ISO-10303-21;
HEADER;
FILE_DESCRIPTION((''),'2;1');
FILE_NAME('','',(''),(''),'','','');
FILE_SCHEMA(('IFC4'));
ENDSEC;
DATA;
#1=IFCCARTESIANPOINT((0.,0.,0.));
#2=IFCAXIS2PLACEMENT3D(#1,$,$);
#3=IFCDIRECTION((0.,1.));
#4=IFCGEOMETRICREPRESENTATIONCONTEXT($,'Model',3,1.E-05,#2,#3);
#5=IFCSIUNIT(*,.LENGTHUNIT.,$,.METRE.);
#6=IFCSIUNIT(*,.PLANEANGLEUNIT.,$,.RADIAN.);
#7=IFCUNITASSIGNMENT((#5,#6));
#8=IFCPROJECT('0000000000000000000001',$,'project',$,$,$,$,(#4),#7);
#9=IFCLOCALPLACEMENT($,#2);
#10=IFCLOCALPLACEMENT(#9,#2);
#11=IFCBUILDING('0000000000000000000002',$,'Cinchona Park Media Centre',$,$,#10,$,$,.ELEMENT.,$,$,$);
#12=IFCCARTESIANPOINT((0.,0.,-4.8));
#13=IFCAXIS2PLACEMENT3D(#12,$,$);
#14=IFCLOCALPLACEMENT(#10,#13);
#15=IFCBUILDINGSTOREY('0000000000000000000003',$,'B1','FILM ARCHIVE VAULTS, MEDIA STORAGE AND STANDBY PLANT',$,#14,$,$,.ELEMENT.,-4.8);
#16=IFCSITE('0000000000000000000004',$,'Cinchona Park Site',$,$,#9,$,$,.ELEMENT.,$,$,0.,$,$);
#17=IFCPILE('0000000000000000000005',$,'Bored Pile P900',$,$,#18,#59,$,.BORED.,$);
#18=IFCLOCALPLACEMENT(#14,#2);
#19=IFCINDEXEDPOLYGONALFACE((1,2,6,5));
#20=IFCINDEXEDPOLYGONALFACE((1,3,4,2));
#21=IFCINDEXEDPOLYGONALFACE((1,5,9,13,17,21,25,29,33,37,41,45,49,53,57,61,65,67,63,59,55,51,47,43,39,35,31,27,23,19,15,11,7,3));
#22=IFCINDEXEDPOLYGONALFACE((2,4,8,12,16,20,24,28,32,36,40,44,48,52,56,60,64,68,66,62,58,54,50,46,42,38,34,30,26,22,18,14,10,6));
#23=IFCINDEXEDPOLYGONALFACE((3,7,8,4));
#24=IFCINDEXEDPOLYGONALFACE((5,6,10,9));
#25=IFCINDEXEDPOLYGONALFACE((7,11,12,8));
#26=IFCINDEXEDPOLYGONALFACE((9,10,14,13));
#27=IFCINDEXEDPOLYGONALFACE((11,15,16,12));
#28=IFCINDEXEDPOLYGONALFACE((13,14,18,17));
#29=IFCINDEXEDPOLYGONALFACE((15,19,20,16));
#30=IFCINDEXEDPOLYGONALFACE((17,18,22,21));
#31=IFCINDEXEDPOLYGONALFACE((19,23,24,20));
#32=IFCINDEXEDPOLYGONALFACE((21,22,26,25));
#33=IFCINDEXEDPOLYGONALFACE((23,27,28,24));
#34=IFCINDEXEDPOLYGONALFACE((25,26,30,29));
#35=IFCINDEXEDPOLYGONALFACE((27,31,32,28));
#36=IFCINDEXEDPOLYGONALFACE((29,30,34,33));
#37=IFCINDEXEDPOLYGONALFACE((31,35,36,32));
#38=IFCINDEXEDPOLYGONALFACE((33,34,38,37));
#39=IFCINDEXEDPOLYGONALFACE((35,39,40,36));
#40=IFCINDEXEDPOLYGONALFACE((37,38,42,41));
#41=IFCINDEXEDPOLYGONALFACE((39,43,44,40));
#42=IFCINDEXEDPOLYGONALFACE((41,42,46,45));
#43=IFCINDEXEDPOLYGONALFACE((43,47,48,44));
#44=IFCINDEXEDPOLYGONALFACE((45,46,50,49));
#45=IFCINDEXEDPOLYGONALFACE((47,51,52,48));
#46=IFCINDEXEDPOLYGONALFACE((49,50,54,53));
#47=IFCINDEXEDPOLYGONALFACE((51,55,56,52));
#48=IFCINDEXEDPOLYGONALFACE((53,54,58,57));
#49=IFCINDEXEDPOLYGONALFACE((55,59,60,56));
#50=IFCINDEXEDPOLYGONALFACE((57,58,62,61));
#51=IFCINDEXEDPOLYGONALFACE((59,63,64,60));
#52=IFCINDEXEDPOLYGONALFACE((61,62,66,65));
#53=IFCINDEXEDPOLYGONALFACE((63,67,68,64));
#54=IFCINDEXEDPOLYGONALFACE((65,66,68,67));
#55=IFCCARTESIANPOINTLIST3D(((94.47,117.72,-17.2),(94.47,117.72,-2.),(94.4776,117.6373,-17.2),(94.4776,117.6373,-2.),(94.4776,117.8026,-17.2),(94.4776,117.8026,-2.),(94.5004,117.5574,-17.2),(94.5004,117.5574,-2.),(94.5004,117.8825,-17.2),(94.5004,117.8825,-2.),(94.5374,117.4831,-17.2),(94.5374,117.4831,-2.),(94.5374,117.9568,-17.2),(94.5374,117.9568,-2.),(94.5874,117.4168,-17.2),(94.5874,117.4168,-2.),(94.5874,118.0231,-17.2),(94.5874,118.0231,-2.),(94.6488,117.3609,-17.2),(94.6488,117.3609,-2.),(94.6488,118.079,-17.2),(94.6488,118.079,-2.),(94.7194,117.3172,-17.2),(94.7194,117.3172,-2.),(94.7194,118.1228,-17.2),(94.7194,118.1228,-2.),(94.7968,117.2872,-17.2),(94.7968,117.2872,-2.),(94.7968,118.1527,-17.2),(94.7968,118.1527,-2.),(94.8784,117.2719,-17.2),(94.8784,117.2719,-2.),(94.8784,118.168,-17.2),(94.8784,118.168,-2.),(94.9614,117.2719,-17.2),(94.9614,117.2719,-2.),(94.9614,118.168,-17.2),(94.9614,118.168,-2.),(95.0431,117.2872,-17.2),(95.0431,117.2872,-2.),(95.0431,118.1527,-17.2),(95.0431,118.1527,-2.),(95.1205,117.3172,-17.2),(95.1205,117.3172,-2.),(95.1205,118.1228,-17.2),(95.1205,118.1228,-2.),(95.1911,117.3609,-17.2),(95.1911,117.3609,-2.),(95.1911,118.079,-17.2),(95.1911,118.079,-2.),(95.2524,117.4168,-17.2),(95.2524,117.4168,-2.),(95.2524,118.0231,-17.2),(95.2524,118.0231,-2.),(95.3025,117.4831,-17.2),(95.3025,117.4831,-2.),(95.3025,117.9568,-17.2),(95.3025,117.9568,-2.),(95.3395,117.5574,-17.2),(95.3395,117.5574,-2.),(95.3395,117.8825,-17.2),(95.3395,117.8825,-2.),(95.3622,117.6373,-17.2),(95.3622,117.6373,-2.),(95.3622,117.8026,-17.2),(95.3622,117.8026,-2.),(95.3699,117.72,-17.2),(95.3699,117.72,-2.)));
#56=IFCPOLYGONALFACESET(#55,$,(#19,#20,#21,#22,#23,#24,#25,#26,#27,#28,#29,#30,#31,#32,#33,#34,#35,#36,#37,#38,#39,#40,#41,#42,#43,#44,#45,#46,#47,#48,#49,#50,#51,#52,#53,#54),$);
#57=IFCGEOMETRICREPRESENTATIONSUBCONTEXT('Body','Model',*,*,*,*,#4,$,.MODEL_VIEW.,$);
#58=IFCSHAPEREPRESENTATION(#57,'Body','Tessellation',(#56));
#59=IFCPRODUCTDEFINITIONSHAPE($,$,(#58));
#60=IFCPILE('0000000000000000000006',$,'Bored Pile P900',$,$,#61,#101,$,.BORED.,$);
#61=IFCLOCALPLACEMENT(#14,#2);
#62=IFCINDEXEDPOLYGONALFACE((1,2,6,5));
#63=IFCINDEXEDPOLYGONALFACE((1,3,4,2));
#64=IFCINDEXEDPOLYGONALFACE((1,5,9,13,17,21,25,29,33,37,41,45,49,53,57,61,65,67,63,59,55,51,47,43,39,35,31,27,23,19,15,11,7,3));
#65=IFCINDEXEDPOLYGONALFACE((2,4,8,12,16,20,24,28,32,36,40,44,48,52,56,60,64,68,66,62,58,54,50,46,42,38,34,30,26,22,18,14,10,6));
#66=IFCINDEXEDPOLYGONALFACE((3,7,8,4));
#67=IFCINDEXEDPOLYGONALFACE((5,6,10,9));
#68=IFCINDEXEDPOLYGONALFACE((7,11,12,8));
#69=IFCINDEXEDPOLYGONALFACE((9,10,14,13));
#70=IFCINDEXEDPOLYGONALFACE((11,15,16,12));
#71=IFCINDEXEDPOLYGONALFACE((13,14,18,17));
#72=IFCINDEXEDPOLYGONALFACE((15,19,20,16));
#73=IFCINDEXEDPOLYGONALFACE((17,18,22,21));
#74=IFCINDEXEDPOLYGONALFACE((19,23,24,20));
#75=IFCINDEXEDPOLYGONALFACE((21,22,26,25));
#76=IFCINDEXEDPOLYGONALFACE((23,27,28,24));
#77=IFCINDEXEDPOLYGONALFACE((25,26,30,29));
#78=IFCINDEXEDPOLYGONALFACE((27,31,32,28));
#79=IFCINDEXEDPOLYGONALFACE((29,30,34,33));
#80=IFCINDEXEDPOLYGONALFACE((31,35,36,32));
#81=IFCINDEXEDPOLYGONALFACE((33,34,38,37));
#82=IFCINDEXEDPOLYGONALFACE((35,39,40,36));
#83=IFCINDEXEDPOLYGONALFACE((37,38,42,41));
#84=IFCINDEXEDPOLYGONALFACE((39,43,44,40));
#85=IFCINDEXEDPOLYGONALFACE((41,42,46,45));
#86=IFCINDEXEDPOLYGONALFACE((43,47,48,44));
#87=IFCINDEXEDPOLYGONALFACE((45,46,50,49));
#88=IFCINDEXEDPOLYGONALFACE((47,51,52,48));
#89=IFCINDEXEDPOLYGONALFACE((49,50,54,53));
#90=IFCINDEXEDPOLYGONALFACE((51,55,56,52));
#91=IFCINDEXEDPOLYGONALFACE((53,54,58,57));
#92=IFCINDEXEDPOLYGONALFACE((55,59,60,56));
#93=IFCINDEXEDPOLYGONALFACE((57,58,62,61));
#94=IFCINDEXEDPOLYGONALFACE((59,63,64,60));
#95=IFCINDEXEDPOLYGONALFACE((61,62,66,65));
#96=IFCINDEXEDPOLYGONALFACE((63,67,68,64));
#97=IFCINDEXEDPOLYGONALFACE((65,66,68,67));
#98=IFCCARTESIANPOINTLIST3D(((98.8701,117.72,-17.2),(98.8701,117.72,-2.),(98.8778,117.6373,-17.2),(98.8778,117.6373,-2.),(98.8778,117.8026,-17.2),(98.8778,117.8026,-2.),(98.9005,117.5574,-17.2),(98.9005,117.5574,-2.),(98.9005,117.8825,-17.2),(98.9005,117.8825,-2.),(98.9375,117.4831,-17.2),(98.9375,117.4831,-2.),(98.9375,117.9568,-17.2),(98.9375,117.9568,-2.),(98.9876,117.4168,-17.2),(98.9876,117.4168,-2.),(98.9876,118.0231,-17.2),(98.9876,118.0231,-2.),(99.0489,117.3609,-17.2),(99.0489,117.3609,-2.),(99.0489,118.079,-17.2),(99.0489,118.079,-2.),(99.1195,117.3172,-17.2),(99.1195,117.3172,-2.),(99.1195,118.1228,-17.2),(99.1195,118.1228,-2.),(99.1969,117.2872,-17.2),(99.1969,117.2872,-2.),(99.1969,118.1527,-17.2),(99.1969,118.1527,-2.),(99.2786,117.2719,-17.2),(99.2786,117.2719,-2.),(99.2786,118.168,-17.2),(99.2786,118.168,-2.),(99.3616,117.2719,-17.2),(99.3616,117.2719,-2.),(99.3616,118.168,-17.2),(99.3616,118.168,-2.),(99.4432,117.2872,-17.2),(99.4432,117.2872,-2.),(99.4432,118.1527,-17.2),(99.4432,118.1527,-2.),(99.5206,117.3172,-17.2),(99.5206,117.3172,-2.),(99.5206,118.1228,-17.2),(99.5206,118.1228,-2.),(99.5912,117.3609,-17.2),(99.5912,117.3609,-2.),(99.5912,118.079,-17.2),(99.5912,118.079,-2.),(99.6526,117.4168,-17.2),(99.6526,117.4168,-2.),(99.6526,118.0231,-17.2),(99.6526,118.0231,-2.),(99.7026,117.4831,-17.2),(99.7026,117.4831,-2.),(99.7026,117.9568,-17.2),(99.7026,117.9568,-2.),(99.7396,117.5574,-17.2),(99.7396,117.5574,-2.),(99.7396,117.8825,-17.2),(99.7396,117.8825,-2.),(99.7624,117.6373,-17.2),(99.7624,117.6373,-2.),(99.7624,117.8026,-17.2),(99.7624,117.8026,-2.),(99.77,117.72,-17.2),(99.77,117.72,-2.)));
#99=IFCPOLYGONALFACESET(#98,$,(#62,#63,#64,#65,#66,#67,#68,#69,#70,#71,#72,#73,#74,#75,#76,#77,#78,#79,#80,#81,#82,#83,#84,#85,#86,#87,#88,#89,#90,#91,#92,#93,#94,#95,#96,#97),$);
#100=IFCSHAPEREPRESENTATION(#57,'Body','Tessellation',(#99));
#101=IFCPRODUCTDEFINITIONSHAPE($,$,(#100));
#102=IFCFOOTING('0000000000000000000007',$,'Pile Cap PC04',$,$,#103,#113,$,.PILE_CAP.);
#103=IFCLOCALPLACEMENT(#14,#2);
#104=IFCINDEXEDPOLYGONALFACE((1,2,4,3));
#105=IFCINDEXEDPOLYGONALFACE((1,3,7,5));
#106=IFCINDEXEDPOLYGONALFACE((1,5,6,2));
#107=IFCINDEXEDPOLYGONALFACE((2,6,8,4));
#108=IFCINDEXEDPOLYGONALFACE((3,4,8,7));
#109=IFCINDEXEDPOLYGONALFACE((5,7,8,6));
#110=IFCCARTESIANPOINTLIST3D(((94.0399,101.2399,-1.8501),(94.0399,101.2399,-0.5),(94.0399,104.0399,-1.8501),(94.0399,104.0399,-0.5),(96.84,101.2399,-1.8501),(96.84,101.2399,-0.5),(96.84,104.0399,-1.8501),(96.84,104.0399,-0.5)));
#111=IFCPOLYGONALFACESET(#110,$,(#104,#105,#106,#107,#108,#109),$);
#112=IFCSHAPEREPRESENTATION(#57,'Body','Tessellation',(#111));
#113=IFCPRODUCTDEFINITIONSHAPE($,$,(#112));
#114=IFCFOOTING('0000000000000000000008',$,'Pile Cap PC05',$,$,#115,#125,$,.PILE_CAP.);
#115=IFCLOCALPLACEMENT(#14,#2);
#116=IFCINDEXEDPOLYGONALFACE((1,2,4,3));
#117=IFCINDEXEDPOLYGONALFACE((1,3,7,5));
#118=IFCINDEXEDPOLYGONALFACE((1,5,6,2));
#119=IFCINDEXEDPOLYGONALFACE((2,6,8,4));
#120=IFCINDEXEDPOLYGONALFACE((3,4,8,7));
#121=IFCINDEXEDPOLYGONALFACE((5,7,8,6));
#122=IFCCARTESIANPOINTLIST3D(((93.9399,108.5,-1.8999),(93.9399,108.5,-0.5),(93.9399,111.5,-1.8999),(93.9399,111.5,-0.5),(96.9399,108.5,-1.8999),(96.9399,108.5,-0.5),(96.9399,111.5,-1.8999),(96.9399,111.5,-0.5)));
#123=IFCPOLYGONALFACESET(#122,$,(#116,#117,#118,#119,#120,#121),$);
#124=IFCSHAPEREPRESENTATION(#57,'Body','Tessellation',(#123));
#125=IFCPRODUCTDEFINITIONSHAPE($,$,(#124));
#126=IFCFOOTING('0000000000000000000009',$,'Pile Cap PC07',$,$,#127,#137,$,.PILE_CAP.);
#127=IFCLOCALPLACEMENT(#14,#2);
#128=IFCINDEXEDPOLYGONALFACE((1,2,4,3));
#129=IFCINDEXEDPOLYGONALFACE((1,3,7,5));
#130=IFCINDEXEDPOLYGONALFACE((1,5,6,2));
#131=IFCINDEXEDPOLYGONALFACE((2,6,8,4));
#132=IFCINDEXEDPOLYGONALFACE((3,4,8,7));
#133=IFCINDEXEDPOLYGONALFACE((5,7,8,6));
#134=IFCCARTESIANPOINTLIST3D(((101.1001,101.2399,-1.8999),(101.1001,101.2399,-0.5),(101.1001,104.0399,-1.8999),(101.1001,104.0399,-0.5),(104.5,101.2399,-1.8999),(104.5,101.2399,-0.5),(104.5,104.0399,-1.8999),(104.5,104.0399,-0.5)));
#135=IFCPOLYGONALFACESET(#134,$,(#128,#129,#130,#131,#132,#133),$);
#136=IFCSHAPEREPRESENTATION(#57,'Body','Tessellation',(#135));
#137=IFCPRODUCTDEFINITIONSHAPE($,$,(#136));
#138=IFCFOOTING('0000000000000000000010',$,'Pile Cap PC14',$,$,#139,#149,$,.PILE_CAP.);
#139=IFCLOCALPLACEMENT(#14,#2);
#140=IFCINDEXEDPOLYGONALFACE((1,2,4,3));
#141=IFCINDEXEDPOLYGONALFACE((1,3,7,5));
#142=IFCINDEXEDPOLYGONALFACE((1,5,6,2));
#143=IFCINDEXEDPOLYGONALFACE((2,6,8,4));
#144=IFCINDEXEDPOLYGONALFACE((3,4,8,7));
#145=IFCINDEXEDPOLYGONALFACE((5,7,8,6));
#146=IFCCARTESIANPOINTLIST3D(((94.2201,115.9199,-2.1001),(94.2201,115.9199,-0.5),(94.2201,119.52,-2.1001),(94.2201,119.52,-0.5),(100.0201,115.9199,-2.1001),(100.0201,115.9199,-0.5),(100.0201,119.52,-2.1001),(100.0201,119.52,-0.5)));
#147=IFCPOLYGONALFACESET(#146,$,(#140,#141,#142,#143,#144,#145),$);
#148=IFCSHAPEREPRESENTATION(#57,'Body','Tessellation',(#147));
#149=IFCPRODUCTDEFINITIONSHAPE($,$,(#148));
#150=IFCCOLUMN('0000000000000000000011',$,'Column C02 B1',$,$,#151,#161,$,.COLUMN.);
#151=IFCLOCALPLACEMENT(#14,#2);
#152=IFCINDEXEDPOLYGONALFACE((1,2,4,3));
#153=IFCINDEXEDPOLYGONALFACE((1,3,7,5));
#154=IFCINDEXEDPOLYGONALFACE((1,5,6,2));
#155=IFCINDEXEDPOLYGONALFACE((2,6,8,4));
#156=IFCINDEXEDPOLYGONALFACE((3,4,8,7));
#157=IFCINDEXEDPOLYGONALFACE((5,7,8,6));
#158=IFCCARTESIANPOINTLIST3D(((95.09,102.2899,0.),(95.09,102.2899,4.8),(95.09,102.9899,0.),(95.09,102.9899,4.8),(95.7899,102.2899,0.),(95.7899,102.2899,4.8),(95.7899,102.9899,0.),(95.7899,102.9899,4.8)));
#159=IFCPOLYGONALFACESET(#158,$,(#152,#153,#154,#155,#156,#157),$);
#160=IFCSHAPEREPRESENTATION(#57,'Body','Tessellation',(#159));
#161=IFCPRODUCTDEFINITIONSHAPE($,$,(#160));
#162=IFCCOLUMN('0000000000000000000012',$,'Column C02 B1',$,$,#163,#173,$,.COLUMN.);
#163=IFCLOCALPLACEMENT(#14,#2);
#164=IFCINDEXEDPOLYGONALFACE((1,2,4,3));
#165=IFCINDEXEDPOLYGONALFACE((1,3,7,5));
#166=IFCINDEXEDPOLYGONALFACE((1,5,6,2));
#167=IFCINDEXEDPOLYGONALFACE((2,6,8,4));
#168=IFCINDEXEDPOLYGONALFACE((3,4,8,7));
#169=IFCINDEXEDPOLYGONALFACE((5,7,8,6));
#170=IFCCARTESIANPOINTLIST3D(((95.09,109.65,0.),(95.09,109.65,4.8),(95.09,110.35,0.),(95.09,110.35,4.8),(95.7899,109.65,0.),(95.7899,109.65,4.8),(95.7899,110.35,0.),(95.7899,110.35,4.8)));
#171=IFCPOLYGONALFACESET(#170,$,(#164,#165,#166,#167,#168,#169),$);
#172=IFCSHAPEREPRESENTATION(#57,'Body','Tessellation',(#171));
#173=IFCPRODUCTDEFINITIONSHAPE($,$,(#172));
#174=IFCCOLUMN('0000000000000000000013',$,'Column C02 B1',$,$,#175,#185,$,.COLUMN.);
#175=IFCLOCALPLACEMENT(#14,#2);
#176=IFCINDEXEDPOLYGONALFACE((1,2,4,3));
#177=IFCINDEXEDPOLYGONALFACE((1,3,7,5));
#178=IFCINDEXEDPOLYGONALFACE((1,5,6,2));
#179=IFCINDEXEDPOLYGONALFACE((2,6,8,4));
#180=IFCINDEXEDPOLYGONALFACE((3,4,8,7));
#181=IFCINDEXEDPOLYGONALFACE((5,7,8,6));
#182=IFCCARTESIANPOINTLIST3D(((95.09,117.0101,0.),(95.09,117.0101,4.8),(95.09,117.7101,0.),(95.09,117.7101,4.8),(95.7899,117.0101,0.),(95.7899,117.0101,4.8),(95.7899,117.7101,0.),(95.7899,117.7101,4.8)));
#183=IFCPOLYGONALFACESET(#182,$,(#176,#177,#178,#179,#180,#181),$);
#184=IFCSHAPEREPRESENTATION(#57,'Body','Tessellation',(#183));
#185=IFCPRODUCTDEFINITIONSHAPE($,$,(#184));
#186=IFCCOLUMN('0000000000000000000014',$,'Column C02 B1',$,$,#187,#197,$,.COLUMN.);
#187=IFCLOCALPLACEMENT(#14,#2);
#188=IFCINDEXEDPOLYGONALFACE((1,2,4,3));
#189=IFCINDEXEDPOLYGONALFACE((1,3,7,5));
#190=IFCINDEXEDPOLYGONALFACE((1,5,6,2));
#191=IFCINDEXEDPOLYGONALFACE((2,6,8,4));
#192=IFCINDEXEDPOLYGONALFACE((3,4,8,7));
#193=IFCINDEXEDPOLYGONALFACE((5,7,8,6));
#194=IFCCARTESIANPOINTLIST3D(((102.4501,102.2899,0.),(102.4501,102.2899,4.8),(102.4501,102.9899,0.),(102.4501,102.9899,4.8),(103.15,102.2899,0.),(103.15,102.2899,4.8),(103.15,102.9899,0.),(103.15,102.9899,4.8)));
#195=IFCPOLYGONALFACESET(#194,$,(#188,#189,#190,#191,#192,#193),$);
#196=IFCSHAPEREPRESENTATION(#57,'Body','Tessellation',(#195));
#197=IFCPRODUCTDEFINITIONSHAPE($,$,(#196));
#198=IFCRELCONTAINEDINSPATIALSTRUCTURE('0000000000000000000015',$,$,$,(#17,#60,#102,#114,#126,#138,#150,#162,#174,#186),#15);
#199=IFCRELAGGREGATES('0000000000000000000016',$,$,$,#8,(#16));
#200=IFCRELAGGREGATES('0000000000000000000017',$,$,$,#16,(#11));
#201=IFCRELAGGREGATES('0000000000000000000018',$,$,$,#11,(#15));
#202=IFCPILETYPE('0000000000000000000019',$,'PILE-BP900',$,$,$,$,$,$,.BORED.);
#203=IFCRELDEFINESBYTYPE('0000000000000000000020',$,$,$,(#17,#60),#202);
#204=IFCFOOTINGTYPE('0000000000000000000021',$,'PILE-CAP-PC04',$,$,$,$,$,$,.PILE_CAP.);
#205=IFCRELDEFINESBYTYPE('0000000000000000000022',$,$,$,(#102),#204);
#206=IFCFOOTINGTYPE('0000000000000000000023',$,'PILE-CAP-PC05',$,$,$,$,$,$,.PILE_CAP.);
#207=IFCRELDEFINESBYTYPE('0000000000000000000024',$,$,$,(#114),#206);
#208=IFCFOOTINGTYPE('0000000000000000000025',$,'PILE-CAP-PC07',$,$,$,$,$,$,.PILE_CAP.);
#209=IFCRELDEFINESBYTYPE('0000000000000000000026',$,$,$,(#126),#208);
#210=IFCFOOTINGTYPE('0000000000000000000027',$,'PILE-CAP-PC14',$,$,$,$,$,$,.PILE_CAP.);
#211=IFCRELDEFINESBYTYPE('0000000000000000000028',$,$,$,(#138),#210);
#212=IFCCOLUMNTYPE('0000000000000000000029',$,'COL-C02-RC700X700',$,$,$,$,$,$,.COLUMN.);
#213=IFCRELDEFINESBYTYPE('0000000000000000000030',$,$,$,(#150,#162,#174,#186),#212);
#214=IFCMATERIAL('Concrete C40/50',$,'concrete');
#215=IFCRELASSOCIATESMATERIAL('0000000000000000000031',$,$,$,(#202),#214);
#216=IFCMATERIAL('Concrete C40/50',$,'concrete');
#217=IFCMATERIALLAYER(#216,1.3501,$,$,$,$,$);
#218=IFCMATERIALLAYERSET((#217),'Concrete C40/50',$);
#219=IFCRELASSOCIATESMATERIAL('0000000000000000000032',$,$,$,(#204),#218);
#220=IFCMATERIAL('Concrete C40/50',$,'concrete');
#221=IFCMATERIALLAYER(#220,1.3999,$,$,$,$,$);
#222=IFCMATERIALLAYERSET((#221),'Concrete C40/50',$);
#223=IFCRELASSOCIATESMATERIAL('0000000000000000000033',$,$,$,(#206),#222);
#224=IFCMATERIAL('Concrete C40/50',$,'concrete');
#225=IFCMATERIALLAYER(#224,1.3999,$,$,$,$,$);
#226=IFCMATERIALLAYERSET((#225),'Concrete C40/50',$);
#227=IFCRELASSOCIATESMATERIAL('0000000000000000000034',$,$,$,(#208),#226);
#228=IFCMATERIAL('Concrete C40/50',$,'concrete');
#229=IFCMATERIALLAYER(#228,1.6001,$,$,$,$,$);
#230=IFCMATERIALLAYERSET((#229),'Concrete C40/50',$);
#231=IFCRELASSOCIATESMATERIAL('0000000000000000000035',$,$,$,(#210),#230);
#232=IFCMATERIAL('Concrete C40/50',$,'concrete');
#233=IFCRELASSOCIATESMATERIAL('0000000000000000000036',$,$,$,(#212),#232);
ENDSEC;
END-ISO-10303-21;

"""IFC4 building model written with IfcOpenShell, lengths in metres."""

from ifc_helpers import new_model, si_unit, direction, frame, origin, origin_2d, place, context, subcontext, project, spatial, rectangle, circle, extrude, material, layer, layer_set, material_profile, profile_set, type_object, element, save


model = new_model("IFC4")

# Units and contexts
model_context = context("Model", 3, precision=1e-05, world=origin(), true_north=direction((0.0, 1.0)))
body_context = subcontext(model_context, "Body", "Model", "MODEL_VIEW")
ifc_project = project(units=[si_unit("LENGTHUNIT", "METRE"), si_unit("PLANEANGLEUNIT", "RADIAN")], contexts=[model_context])

# Site, building, storey
site_placement = place(None, origin())
site = spatial("IfcSite", under=ifc_project, at=site_placement, Name="Cinchona Park Site", CompositionType="ELEMENT", RefElevation=0.0)
building_placement = place(site_placement, origin())
building = spatial("IfcBuilding", under=site, at=building_placement, Name="Cinchona Park Media Centre", CompositionType="ELEMENT")
storey_placement = place(building_placement, frame((0.0, 0.0, -4.8)))
storey = spatial("IfcBuildingStorey", under=building, at=storey_placement, Name="B1", Description="FILM ARCHIVE VAULTS, MEDIA STORAGE AND STANDBY PLANT", CompositionType="ELEMENT", Elevation=-4.8)

# Piles
ifc_material_1 = material(Name="Concrete C40/50", Category="concrete")
ifc_material_profile_1 = material_profile(ifc_material_1, circle(Radius=0.45, at=origin_2d()), Name="BORED PILE 900")
ifc_profile_set_1 = profile_set([ifc_material_profile_1], Name="Concrete C40/50")
pile_type_1 = type_object("IfcPileType", Name="PILE-BP900", PredefinedType="BORED", material=ifc_profile_set_1)
for number, where, z_axis, x_axis, name in (
    (1, (94.9199, 117.72, -2.0), (0.0, 0.0, -1.0), (1.0, 0.0, 0.0), "Bored Pile P900"),
    (2, (99.3201, 117.72, -2.0), (0.0, 0.0, -1.0), (1.0, 0.0, 0.0), "Bored Pile P900"),
):
    element("IfcPile", number, at=place(storey_placement, frame(where, z_axis=z_axis, x_axis=x_axis)), inside=storey, type_object=pile_type_1, Name=name, PredefinedType="BORED", context=body_context, shape_type="SweptSolid", body=[
        extrude(circle(Radius=0.45, at=origin_2d()), origin(), (0.0, 0.0, 1.0), 15.2),
    ])

# Footings
ifc_material_2 = material(Name="Concrete C40/50", Category="concrete")
ifc_layer_1 = layer(ifc_material_2, 1.3501)
ifc_layer_set_1 = layer_set([ifc_layer_1], Name="Concrete C40/50")
footing_type_1 = type_object("IfcFootingType", Name="PILE-CAP-PC04", PredefinedType="PILE_CAP", material=ifc_layer_set_1)
footing_1_placement = place(storey_placement, frame((95.4399, 102.6399, -1.8501), z_axis=(0.0, 0.0, 1.0), x_axis=(1.0, 0.0, 0.0)))
element("IfcFooting", 3, at=footing_1_placement, inside=storey, type_object=footing_type_1, Name="Pile Cap PC04", PredefinedType="PILE_CAP", context=body_context, shape_type="SweptSolid", body=[
    extrude(rectangle(XDim=2.8, YDim=2.8, at=origin_2d()), origin(), (0.0, 0.0, 1.0), 1.3501),
])
ifc_material_3 = material(Name="Concrete C40/50", Category="concrete")
ifc_layer_2 = layer(ifc_material_3, 1.3999)
ifc_layer_set_2 = layer_set([ifc_layer_2], Name="Concrete C40/50")
footing_type_2 = type_object("IfcFootingType", Name="PILE-CAP-PC05", PredefinedType="PILE_CAP", material=ifc_layer_set_2)
footing_2_placement = place(storey_placement, frame((95.4399, 110.0, -1.8999), z_axis=(0.0, 0.0, 1.0), x_axis=(1.0, 0.0, 0.0)))
element("IfcFooting", 4, at=footing_2_placement, inside=storey, type_object=footing_type_2, Name="Pile Cap PC05", PredefinedType="PILE_CAP", context=body_context, shape_type="SweptSolid", body=[
    extrude(rectangle(XDim=3.0, YDim=3.0, at=origin_2d()), origin(), (0.0, 0.0, 1.0), 1.3999),
])
ifc_material_4 = material(Name="Concrete C40/50", Category="concrete")
ifc_layer_3 = layer(ifc_material_4, 1.3999)
ifc_layer_set_3 = layer_set([ifc_layer_3], Name="Concrete C40/50")
footing_type_3 = type_object("IfcFootingType", Name="PILE-CAP-PC07", PredefinedType="PILE_CAP", material=ifc_layer_set_3)
footing_3_placement = place(storey_placement, frame((102.8, 102.6399, -1.8999), z_axis=(0.0, 0.0, 1.0), x_axis=(1.0, 0.0, 0.0)))
element("IfcFooting", 5, at=footing_3_placement, inside=storey, type_object=footing_type_3, Name="Pile Cap PC07", PredefinedType="PILE_CAP", context=body_context, shape_type="SweptSolid", body=[
    extrude(rectangle(XDim=3.3999, YDim=2.8, at=origin_2d()), origin(), (0.0, 0.0, 1.0), 1.3999),
])
ifc_material_5 = material(Name="Concrete C40/50", Category="concrete")
ifc_layer_4 = layer(ifc_material_5, 1.6001)
ifc_layer_set_4 = layer_set([ifc_layer_4], Name="Concrete C40/50")
footing_type_4 = type_object("IfcFootingType", Name="PILE-CAP-PC14", PredefinedType="PILE_CAP", material=ifc_layer_set_4)
footing_4_placement = place(storey_placement, frame((97.1201, 117.72, -2.1001), z_axis=(0.0, 0.0, 1.0), x_axis=(1.0, 0.0, 0.0)))
element("IfcFooting", 6, at=footing_4_placement, inside=storey, type_object=footing_type_4, Name="Pile Cap PC14", PredefinedType="PILE_CAP", context=body_context, shape_type="SweptSolid", body=[
    extrude(rectangle(XDim=5.8, YDim=3.6001, at=origin_2d()), origin(), (0.0, 0.0, 1.0), 1.6001),
])

# Columns
ifc_material_6 = material(Name="Concrete C40/50", Category="concrete")
ifc_material_profile_2 = material_profile(ifc_material_6, rectangle(XDim=0.7, YDim=0.7, at=origin_2d()), Name="RC 700X700")
ifc_profile_set_2 = profile_set([ifc_material_profile_2], Name="Concrete C40/50")
column_type_1 = type_object("IfcColumnType", Name="COL-C02-RC700X700", PredefinedType="COLUMN", material=ifc_profile_set_2)
for number, where, z_axis, x_axis, name in (
    (7, (95.4399, 102.6399, 0.0), (0.0, 0.0, 1.0), (1.0, 0.0, 0.0), "Column C02 B1"),
    (8, (95.4399, 110.0, 0.0), (0.0, 0.0, 1.0), (1.0, 0.0, 0.0), "Column C02 B1"),
    (9, (95.4399, 117.3601, 0.0), (0.0, 0.0, 1.0), (1.0, 0.0, 0.0), "Column C02 B1"),
    (10, (102.8, 102.6399, 0.0), (0.0, 0.0, 1.0), (1.0, 0.0, 0.0), "Column C02 B1"),
):
    element("IfcColumn", number, at=place(storey_placement, frame(where, z_axis=z_axis, x_axis=x_axis)), inside=storey, type_object=column_type_1, Name=name, PredefinedType="COLUMN", context=body_context, shape_type="SweptSolid", body=[
        extrude(rectangle(XDim=0.7, YDim=0.7, at=origin_2d()), origin(), (0.0, 0.0, 1.0), 4.8),
    ])

save(model, "model.ifc")
